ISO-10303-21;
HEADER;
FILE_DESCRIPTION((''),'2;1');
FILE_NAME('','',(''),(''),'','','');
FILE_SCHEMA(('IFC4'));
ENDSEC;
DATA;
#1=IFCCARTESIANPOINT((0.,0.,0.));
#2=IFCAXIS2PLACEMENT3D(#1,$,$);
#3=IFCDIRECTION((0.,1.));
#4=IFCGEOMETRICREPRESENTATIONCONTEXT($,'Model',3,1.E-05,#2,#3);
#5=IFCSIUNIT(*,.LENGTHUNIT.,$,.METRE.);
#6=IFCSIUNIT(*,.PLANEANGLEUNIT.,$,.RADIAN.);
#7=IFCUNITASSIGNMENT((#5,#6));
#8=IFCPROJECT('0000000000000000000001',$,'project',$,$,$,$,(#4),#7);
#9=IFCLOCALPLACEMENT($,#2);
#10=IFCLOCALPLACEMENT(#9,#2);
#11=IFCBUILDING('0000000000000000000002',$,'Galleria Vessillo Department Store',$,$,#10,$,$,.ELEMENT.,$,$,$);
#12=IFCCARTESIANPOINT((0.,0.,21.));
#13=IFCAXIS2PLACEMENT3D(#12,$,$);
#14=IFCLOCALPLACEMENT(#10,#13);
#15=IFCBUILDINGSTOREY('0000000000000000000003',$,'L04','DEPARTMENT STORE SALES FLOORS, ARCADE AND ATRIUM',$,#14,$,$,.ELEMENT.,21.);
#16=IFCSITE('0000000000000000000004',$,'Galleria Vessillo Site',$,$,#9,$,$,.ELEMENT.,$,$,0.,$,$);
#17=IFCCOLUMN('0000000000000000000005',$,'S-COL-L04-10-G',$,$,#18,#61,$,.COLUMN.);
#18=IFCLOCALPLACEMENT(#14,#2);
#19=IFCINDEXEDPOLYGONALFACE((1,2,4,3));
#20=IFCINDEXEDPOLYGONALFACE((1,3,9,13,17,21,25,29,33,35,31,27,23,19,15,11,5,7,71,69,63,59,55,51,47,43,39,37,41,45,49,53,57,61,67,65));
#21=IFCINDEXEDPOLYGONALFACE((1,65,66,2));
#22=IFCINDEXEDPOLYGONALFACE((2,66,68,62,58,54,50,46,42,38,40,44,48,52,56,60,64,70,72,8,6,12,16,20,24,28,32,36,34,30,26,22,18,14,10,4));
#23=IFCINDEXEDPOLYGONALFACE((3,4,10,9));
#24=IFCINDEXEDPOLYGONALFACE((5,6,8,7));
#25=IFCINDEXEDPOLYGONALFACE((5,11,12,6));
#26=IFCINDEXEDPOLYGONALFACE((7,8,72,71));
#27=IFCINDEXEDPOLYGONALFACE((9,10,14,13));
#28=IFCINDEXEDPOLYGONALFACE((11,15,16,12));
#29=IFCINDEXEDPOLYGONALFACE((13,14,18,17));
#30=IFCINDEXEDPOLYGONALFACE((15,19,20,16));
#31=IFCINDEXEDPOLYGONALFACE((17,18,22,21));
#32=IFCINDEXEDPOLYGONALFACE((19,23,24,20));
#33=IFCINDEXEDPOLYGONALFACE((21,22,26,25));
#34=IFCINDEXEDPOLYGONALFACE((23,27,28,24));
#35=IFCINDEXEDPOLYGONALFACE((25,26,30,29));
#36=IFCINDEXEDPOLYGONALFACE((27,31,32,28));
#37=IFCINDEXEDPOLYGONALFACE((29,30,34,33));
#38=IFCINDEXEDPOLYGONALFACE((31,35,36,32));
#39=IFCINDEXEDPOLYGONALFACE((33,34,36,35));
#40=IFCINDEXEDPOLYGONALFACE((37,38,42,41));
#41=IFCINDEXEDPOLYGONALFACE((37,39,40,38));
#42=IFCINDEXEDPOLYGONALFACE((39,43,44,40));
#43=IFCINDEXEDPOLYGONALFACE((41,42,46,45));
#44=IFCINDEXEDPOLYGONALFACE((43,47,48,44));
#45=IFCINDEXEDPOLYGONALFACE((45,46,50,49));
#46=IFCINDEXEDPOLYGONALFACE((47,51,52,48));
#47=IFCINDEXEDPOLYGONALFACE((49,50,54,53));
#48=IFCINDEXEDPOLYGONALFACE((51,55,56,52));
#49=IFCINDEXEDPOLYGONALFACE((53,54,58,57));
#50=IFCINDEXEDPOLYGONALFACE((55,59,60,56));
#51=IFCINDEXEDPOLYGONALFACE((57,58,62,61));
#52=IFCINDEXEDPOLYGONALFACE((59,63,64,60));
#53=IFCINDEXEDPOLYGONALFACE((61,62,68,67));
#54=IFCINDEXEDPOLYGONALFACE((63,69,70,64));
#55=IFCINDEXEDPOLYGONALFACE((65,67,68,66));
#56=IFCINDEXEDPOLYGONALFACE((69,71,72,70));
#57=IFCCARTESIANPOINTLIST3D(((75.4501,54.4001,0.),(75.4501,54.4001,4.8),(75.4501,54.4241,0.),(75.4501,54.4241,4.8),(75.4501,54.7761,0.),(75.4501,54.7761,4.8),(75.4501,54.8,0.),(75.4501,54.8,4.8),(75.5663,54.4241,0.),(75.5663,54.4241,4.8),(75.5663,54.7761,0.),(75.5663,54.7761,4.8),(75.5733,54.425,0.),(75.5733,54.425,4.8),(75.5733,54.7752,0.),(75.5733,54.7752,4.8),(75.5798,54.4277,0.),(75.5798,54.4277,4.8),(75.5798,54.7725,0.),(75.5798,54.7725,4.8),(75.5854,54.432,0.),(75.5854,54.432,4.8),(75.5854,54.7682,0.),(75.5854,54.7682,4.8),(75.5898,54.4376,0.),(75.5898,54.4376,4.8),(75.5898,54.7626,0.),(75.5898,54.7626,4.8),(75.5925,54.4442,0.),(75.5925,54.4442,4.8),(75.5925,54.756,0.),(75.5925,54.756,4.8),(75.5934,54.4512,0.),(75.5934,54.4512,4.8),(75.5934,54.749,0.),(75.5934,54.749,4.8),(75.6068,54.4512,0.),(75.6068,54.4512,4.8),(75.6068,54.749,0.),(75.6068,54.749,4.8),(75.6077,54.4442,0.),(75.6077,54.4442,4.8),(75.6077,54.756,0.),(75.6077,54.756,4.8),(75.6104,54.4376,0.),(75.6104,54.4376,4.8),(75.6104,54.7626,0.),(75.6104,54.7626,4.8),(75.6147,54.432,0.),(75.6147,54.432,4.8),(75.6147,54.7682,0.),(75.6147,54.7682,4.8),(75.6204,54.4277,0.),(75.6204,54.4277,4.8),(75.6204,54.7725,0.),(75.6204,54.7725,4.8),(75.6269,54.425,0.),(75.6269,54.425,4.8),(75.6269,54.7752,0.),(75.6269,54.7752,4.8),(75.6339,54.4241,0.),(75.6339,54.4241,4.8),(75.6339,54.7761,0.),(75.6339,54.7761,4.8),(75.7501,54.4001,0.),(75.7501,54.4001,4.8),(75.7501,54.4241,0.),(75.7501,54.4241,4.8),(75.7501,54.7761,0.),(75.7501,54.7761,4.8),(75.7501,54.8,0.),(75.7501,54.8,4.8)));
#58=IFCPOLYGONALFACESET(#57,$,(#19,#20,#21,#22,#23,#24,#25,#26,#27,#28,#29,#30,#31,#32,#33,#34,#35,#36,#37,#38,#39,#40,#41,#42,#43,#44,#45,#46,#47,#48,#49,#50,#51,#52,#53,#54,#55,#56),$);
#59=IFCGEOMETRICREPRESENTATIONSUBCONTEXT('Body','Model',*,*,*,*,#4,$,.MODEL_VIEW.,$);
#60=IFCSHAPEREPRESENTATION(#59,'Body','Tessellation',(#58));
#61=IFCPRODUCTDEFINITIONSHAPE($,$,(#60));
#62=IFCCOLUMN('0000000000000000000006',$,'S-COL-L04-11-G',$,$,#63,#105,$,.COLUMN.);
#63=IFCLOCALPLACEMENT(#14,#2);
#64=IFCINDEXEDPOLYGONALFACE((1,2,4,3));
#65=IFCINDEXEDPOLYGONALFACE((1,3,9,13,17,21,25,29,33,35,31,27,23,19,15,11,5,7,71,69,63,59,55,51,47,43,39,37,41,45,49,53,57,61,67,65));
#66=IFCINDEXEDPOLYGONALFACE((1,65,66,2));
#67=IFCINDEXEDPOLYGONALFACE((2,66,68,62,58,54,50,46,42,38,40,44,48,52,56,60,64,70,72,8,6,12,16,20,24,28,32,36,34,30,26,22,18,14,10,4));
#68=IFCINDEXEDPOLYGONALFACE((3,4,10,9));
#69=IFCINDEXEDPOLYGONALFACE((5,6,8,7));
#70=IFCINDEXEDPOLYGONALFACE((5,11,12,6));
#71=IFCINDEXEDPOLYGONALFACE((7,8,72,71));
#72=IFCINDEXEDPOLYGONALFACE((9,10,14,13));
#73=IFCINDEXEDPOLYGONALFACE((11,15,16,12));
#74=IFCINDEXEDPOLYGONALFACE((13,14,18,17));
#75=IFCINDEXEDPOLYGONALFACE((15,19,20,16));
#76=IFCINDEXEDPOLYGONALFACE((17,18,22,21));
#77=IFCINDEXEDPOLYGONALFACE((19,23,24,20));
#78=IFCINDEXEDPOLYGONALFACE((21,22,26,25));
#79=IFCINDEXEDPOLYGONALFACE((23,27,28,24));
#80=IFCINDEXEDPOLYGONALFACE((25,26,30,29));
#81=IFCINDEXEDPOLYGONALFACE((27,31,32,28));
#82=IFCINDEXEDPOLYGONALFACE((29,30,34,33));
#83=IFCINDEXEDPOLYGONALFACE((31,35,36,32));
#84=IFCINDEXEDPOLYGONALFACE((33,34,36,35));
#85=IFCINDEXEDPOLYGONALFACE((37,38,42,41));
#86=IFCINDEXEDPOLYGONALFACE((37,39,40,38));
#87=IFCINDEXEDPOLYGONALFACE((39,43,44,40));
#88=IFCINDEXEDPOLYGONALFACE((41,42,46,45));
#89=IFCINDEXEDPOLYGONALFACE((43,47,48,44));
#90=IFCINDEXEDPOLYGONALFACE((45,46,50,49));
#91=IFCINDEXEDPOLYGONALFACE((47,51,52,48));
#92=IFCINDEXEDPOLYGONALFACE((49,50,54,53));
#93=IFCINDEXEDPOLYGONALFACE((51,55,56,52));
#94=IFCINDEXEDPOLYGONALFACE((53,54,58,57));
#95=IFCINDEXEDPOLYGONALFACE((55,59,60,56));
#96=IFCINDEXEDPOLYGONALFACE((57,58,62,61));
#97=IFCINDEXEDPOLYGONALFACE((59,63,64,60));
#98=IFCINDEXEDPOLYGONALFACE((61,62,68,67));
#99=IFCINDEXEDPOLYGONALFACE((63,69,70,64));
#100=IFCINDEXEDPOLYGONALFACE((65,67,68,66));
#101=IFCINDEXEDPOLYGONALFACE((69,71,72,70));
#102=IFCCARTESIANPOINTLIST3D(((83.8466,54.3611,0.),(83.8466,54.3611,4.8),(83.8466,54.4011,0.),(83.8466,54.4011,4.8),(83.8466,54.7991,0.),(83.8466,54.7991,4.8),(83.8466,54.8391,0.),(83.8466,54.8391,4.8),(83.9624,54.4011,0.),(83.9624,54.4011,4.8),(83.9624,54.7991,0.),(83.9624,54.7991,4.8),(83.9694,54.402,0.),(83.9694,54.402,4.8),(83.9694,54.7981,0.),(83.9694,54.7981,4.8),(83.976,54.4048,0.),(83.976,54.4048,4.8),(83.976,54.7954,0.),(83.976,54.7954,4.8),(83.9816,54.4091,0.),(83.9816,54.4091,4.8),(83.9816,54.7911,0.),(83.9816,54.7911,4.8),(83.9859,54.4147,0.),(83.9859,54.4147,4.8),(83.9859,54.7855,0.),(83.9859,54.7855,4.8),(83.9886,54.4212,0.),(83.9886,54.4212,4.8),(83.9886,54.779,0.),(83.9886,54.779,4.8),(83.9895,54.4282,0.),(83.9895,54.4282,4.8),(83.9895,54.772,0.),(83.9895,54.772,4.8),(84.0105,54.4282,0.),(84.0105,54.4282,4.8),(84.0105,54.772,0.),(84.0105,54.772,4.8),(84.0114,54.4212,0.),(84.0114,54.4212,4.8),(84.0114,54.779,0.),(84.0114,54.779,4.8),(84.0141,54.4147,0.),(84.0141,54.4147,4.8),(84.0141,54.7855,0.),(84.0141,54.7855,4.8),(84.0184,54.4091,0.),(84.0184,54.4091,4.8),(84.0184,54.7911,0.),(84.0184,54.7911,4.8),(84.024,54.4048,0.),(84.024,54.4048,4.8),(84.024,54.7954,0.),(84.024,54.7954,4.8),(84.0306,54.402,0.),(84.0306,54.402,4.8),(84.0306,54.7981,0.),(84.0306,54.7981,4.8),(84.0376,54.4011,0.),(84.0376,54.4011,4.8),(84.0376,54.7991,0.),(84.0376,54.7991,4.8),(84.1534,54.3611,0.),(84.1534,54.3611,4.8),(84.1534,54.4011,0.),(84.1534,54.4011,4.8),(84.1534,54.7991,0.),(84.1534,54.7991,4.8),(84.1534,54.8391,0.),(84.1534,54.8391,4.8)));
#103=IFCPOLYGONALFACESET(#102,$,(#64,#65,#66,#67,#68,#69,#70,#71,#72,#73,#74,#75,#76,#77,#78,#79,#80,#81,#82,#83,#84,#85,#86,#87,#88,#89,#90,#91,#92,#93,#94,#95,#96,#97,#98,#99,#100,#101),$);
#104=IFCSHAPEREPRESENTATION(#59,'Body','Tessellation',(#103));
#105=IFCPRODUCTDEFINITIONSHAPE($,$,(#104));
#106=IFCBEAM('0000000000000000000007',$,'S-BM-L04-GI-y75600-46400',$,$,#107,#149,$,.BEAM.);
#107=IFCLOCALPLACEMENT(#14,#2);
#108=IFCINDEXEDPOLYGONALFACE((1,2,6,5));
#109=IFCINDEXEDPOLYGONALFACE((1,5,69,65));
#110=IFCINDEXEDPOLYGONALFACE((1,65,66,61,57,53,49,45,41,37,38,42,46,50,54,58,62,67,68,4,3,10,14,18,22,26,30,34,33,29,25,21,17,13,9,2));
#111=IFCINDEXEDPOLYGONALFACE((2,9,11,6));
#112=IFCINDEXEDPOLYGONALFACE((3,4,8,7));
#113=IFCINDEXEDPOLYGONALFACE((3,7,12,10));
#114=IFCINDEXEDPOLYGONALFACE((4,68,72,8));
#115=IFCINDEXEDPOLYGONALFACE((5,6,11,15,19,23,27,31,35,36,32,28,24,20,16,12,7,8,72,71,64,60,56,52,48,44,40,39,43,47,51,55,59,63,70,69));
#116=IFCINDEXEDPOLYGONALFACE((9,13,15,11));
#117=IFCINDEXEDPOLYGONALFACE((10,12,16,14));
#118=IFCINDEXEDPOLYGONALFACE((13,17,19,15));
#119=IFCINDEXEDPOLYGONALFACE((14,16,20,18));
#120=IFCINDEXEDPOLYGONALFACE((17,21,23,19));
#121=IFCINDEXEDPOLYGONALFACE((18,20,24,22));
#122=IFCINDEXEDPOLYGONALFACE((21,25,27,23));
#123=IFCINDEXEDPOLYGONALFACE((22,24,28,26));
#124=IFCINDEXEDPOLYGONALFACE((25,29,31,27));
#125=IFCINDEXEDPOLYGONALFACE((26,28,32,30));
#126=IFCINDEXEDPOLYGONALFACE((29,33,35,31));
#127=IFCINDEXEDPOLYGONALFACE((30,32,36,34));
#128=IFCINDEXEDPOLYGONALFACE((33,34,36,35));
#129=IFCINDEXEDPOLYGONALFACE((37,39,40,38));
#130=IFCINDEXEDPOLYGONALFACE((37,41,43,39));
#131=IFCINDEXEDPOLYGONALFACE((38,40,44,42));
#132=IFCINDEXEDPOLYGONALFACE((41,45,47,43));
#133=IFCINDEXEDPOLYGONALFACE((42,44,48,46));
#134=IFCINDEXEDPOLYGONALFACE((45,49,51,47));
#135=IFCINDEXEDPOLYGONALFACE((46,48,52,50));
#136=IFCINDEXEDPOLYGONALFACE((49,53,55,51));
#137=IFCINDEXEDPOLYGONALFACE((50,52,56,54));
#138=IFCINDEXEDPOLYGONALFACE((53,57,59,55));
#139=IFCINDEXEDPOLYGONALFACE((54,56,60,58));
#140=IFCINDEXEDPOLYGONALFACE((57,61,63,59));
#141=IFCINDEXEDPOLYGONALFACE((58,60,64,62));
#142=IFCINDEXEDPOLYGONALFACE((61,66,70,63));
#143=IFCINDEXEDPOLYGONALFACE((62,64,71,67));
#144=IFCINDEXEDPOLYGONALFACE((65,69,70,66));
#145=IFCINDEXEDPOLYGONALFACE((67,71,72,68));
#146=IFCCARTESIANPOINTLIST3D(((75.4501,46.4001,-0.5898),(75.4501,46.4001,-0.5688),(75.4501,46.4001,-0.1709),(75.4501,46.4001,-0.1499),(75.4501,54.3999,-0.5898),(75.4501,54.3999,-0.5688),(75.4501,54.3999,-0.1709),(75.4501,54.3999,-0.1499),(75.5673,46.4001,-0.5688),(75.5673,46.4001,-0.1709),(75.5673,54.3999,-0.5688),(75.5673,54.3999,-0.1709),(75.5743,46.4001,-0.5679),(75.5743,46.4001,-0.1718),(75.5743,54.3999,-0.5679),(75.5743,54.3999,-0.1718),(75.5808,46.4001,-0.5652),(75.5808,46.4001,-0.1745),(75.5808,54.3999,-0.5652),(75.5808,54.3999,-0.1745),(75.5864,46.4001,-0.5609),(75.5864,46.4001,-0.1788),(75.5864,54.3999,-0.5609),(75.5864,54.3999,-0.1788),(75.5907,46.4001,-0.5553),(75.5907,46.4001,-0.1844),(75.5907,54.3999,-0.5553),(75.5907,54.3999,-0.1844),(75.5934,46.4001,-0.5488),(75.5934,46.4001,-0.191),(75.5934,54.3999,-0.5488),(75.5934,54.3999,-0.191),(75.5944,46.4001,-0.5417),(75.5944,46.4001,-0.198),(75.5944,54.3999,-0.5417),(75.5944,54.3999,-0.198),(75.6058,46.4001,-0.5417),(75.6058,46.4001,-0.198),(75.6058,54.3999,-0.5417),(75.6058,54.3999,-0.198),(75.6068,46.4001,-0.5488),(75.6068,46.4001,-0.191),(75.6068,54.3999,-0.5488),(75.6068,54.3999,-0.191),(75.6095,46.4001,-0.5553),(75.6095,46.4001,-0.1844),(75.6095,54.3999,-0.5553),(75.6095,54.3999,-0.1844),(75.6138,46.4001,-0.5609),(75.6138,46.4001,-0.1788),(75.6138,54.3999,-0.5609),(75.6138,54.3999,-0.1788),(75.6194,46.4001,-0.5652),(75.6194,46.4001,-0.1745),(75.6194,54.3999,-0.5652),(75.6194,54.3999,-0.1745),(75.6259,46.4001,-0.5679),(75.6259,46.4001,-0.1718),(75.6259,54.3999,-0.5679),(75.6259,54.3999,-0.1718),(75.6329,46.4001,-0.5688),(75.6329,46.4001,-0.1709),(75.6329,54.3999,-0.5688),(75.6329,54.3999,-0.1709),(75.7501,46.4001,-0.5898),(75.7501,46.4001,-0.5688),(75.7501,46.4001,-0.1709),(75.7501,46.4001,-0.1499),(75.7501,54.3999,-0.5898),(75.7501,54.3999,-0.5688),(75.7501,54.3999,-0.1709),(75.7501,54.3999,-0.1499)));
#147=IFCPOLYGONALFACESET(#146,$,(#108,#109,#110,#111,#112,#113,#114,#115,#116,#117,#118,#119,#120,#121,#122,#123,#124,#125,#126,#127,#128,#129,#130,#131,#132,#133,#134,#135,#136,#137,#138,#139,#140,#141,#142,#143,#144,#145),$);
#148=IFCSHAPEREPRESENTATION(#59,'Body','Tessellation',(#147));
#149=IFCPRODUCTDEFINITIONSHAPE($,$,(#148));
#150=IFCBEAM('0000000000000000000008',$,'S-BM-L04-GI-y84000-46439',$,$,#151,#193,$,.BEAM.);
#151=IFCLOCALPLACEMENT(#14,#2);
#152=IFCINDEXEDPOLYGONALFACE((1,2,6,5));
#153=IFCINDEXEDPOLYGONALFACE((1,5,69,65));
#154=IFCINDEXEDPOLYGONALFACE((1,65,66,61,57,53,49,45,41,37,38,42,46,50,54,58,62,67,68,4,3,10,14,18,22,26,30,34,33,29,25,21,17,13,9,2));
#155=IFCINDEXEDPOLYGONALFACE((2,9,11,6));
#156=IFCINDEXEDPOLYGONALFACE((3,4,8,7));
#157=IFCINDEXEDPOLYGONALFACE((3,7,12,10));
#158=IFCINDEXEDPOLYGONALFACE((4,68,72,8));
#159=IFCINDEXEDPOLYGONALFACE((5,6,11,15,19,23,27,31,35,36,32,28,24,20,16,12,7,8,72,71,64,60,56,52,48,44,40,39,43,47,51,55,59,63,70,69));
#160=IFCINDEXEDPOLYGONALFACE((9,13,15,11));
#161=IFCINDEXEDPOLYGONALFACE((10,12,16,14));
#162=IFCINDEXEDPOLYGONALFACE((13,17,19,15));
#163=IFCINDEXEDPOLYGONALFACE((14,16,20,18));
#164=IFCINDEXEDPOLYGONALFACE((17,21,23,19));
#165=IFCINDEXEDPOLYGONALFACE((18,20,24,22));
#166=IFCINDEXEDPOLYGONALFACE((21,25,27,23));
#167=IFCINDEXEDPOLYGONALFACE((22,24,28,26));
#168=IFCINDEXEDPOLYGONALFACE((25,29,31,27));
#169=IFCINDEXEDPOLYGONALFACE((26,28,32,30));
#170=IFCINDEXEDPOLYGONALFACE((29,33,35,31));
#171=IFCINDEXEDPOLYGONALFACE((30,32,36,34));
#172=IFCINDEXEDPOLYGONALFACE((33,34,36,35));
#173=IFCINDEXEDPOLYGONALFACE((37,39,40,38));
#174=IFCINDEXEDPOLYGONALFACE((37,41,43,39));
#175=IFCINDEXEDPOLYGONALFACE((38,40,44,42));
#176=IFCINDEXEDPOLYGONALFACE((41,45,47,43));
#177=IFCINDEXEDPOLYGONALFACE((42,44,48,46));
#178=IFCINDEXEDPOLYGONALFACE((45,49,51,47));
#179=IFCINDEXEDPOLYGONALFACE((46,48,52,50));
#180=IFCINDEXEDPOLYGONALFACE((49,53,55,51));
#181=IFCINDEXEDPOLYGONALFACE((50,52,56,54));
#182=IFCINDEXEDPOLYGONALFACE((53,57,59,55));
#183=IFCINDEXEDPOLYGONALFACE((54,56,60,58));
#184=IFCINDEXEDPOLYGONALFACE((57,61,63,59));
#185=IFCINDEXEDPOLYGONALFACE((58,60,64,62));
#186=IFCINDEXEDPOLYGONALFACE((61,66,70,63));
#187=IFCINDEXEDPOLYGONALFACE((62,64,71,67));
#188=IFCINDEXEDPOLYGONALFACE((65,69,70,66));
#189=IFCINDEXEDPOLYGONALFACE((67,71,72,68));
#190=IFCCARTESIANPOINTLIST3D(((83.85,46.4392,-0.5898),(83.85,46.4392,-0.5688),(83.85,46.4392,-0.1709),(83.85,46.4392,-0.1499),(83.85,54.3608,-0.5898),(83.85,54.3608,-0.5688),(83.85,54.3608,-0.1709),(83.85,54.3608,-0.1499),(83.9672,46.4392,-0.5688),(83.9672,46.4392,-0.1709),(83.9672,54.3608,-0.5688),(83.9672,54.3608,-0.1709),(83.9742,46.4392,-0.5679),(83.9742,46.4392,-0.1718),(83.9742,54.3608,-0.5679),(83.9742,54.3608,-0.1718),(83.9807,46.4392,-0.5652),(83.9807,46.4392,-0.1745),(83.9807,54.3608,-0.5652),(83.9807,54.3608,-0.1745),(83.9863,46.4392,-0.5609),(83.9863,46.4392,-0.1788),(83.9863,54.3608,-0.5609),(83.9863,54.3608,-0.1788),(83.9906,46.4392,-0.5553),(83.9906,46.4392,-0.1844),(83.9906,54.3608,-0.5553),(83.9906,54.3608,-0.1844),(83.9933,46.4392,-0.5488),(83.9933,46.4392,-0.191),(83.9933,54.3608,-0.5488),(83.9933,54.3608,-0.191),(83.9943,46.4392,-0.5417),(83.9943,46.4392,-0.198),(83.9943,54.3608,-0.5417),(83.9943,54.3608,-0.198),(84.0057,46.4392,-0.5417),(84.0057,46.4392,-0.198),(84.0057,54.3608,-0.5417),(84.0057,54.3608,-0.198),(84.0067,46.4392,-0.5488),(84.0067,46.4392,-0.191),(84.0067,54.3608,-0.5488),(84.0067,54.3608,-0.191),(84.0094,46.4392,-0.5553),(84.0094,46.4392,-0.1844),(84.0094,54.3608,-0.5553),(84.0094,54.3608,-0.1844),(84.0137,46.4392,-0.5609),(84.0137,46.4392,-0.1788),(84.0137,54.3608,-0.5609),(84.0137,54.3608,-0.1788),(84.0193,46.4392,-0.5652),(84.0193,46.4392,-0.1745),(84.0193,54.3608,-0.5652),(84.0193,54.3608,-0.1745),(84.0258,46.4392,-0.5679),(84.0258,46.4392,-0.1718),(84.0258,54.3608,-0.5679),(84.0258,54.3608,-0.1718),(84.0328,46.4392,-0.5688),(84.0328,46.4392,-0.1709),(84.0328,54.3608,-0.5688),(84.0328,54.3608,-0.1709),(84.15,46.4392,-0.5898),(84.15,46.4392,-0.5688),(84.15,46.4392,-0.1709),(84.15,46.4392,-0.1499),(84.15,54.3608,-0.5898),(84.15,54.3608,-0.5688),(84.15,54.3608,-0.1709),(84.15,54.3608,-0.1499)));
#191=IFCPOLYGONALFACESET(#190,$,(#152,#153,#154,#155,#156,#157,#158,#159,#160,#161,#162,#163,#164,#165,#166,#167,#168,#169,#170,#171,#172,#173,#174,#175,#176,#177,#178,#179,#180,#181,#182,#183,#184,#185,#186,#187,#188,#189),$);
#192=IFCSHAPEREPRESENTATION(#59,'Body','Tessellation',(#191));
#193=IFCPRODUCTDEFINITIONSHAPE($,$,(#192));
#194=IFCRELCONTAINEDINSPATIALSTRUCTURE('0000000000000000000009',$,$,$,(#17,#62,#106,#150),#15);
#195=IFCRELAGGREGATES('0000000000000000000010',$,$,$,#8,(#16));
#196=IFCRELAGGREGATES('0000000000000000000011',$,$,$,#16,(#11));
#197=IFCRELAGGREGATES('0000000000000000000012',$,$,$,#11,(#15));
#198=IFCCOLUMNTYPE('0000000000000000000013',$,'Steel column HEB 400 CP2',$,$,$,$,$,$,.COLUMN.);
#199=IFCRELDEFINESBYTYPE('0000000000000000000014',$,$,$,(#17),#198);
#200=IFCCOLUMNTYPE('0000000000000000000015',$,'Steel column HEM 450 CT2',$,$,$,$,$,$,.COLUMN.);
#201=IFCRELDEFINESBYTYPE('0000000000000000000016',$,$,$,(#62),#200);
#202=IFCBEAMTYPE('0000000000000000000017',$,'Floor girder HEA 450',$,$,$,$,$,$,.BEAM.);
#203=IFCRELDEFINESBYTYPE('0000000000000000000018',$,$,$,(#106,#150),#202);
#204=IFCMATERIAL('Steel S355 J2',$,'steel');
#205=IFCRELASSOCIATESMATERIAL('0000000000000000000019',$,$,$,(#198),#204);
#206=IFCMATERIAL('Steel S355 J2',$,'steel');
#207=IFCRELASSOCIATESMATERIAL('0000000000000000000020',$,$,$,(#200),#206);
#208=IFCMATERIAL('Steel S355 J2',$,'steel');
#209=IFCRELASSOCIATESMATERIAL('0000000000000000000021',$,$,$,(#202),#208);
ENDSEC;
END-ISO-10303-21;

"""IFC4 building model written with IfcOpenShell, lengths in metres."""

from ifc_helpers import new_model, si_unit, direction, frame, origin, origin_2d, place, context, subcontext, project, spatial, i_section, extrude, material, material_profile, profile_set, type_object, element, save


model = new_model("IFC4")

# Units and contexts
model_context = context("Model", 3, precision=1e-05, world=origin(), true_north=direction((0.0, 1.0)))
body_context = subcontext(model_context, "Body", "Model", "MODEL_VIEW")
ifc_project = project(units=[si_unit("LENGTHUNIT", "METRE"), si_unit("PLANEANGLEUNIT", "RADIAN")], contexts=[model_context])

# Site, building, storey
site_placement = place(None, origin())
site = spatial("IfcSite", under=ifc_project, at=site_placement, Name="Galleria Vessillo Site", CompositionType="ELEMENT", RefElevation=0.0)
building_placement = place(site_placement, origin())
building = spatial("IfcBuilding", under=site, at=building_placement, Name="Galleria Vessillo Department Store", CompositionType="ELEMENT")
storey_placement = place(building_placement, frame((0.0, 0.0, 21.0)))
storey = spatial("IfcBuildingStorey", under=building, at=storey_placement, Name="L04", Description="DEPARTMENT STORE SALES FLOORS, ARCADE AND ATRIUM", CompositionType="ELEMENT", Elevation=21.0)

# Columns
ifc_material_1 = material(Name="Steel S355 J2", Category="steel")
ifc_material_profile_1 = material_profile(ifc_material_1, i_section(OverallWidth=0.3, OverallDepth=0.3999, WebThickness=0.0134, FlangeThickness=0.0239, FilletRadius=0.0271, at=origin_2d()), Name="HEB 400")
ifc_profile_set_1 = profile_set([ifc_material_profile_1], Name="Steel S355 J2")
column_type_1 = type_object("IfcColumnType", Name="Steel column HEB 400 CP2", PredefinedType="COLUMN", material=ifc_profile_set_1)
column_1_placement = place(storey_placement, frame((75.6001, 54.6001, 0.0), z_axis=(0.0, 0.0, 1.0), x_axis=(1.0, 0.0, 0.0)))
element("IfcColumn", 1, at=column_1_placement, inside=storey, type_object=column_type_1, Name="S-COL-L04-10-G", PredefinedType="COLUMN", context=body_context, shape_type="SweptSolid", body=[
    extrude(i_section(OverallWidth=0.3, OverallDepth=0.3999, WebThickness=0.0134, FlangeThickness=0.0239, FilletRadius=0.0271, at=origin_2d()), origin(), (0.0, 0.0, 1.0), 4.8),
])
ifc_material_2 = material(Name="Steel S355 J2", Category="steel")
ifc_material_profile_2 = material_profile(ifc_material_2, i_section(OverallWidth=0.3069, OverallDepth=0.478, WebThickness=0.021, FlangeThickness=0.04, FilletRadius=0.0271, at=origin_2d()), Name="HEM 450")
ifc_profile_set_2 = profile_set([ifc_material_profile_2], Name="Steel S355 J2")
column_type_2 = type_object("IfcColumnType", Name="Steel column HEM 450 CT2", PredefinedType="COLUMN", material=ifc_profile_set_2)
column_2_placement = place(storey_placement, frame((84.0, 54.6001, 0.0), z_axis=(0.0, 0.0, 1.0), x_axis=(1.0, 0.0, 0.0)))
element("IfcColumn", 2, at=column_2_placement, inside=storey, type_object=column_type_2, Name="S-COL-L04-11-G", PredefinedType="COLUMN", context=body_context, shape_type="SweptSolid", body=[
    extrude(i_section(OverallWidth=0.3069, OverallDepth=0.478, WebThickness=0.021, FlangeThickness=0.04, FilletRadius=0.0271, at=origin_2d()), origin(), (0.0, 0.0, 1.0), 4.8),
])

# Beams
ifc_material_3 = material(Name="Steel S355 J2", Category="steel")
ifc_material_profile_3 = material_profile(ifc_material_3, i_section(OverallWidth=0.3, OverallDepth=0.4399, WebThickness=0.0115, FlangeThickness=0.021, FilletRadius=0.0271, at=origin_2d()), Name="HEA 450")
ifc_profile_set_3 = profile_set([ifc_material_profile_3], Name="Steel S355 J2")
beam_type_1 = type_object("IfcBeamType", Name="Floor girder HEA 450", PredefinedType="BEAM", material=ifc_profile_set_3)
beam_1_placement = place(storey_placement, frame((75.6001, 46.4001, -0.3699), z_axis=(0.0, 1.0, 0.0), x_axis=(-1.0, 0.0, 0.0)))
element("IfcBeam", 3, at=beam_1_placement, inside=storey, type_object=beam_type_1, Name="S-BM-L04-GI-y75600-46400", PredefinedType="BEAM", context=body_context, shape_type="SweptSolid", body=[
    extrude(i_section(OverallWidth=0.3, OverallDepth=0.4399, WebThickness=0.0115, FlangeThickness=0.021, FilletRadius=0.0271, at=origin_2d()), origin(), (0.0, 0.0, 1.0), 7.9998),
])
beam_2_placement = place(storey_placement, frame((84.0, 46.4392, -0.3699), z_axis=(0.0, 1.0, 0.0), x_axis=(-1.0, 0.0, 0.0)))
element("IfcBeam", 4, at=beam_2_placement, inside=storey, type_object=beam_type_1, Name="S-BM-L04-GI-y84000-46439", PredefinedType="BEAM", context=body_context, shape_type="SweptSolid", body=[
    extrude(i_section(OverallWidth=0.3, OverallDepth=0.4399, WebThickness=0.0115, FlangeThickness=0.021, FilletRadius=0.0271, at=origin_2d()), origin(), (0.0, 0.0, 1.0), 7.9216),
])

save(model, "model.ifc")
